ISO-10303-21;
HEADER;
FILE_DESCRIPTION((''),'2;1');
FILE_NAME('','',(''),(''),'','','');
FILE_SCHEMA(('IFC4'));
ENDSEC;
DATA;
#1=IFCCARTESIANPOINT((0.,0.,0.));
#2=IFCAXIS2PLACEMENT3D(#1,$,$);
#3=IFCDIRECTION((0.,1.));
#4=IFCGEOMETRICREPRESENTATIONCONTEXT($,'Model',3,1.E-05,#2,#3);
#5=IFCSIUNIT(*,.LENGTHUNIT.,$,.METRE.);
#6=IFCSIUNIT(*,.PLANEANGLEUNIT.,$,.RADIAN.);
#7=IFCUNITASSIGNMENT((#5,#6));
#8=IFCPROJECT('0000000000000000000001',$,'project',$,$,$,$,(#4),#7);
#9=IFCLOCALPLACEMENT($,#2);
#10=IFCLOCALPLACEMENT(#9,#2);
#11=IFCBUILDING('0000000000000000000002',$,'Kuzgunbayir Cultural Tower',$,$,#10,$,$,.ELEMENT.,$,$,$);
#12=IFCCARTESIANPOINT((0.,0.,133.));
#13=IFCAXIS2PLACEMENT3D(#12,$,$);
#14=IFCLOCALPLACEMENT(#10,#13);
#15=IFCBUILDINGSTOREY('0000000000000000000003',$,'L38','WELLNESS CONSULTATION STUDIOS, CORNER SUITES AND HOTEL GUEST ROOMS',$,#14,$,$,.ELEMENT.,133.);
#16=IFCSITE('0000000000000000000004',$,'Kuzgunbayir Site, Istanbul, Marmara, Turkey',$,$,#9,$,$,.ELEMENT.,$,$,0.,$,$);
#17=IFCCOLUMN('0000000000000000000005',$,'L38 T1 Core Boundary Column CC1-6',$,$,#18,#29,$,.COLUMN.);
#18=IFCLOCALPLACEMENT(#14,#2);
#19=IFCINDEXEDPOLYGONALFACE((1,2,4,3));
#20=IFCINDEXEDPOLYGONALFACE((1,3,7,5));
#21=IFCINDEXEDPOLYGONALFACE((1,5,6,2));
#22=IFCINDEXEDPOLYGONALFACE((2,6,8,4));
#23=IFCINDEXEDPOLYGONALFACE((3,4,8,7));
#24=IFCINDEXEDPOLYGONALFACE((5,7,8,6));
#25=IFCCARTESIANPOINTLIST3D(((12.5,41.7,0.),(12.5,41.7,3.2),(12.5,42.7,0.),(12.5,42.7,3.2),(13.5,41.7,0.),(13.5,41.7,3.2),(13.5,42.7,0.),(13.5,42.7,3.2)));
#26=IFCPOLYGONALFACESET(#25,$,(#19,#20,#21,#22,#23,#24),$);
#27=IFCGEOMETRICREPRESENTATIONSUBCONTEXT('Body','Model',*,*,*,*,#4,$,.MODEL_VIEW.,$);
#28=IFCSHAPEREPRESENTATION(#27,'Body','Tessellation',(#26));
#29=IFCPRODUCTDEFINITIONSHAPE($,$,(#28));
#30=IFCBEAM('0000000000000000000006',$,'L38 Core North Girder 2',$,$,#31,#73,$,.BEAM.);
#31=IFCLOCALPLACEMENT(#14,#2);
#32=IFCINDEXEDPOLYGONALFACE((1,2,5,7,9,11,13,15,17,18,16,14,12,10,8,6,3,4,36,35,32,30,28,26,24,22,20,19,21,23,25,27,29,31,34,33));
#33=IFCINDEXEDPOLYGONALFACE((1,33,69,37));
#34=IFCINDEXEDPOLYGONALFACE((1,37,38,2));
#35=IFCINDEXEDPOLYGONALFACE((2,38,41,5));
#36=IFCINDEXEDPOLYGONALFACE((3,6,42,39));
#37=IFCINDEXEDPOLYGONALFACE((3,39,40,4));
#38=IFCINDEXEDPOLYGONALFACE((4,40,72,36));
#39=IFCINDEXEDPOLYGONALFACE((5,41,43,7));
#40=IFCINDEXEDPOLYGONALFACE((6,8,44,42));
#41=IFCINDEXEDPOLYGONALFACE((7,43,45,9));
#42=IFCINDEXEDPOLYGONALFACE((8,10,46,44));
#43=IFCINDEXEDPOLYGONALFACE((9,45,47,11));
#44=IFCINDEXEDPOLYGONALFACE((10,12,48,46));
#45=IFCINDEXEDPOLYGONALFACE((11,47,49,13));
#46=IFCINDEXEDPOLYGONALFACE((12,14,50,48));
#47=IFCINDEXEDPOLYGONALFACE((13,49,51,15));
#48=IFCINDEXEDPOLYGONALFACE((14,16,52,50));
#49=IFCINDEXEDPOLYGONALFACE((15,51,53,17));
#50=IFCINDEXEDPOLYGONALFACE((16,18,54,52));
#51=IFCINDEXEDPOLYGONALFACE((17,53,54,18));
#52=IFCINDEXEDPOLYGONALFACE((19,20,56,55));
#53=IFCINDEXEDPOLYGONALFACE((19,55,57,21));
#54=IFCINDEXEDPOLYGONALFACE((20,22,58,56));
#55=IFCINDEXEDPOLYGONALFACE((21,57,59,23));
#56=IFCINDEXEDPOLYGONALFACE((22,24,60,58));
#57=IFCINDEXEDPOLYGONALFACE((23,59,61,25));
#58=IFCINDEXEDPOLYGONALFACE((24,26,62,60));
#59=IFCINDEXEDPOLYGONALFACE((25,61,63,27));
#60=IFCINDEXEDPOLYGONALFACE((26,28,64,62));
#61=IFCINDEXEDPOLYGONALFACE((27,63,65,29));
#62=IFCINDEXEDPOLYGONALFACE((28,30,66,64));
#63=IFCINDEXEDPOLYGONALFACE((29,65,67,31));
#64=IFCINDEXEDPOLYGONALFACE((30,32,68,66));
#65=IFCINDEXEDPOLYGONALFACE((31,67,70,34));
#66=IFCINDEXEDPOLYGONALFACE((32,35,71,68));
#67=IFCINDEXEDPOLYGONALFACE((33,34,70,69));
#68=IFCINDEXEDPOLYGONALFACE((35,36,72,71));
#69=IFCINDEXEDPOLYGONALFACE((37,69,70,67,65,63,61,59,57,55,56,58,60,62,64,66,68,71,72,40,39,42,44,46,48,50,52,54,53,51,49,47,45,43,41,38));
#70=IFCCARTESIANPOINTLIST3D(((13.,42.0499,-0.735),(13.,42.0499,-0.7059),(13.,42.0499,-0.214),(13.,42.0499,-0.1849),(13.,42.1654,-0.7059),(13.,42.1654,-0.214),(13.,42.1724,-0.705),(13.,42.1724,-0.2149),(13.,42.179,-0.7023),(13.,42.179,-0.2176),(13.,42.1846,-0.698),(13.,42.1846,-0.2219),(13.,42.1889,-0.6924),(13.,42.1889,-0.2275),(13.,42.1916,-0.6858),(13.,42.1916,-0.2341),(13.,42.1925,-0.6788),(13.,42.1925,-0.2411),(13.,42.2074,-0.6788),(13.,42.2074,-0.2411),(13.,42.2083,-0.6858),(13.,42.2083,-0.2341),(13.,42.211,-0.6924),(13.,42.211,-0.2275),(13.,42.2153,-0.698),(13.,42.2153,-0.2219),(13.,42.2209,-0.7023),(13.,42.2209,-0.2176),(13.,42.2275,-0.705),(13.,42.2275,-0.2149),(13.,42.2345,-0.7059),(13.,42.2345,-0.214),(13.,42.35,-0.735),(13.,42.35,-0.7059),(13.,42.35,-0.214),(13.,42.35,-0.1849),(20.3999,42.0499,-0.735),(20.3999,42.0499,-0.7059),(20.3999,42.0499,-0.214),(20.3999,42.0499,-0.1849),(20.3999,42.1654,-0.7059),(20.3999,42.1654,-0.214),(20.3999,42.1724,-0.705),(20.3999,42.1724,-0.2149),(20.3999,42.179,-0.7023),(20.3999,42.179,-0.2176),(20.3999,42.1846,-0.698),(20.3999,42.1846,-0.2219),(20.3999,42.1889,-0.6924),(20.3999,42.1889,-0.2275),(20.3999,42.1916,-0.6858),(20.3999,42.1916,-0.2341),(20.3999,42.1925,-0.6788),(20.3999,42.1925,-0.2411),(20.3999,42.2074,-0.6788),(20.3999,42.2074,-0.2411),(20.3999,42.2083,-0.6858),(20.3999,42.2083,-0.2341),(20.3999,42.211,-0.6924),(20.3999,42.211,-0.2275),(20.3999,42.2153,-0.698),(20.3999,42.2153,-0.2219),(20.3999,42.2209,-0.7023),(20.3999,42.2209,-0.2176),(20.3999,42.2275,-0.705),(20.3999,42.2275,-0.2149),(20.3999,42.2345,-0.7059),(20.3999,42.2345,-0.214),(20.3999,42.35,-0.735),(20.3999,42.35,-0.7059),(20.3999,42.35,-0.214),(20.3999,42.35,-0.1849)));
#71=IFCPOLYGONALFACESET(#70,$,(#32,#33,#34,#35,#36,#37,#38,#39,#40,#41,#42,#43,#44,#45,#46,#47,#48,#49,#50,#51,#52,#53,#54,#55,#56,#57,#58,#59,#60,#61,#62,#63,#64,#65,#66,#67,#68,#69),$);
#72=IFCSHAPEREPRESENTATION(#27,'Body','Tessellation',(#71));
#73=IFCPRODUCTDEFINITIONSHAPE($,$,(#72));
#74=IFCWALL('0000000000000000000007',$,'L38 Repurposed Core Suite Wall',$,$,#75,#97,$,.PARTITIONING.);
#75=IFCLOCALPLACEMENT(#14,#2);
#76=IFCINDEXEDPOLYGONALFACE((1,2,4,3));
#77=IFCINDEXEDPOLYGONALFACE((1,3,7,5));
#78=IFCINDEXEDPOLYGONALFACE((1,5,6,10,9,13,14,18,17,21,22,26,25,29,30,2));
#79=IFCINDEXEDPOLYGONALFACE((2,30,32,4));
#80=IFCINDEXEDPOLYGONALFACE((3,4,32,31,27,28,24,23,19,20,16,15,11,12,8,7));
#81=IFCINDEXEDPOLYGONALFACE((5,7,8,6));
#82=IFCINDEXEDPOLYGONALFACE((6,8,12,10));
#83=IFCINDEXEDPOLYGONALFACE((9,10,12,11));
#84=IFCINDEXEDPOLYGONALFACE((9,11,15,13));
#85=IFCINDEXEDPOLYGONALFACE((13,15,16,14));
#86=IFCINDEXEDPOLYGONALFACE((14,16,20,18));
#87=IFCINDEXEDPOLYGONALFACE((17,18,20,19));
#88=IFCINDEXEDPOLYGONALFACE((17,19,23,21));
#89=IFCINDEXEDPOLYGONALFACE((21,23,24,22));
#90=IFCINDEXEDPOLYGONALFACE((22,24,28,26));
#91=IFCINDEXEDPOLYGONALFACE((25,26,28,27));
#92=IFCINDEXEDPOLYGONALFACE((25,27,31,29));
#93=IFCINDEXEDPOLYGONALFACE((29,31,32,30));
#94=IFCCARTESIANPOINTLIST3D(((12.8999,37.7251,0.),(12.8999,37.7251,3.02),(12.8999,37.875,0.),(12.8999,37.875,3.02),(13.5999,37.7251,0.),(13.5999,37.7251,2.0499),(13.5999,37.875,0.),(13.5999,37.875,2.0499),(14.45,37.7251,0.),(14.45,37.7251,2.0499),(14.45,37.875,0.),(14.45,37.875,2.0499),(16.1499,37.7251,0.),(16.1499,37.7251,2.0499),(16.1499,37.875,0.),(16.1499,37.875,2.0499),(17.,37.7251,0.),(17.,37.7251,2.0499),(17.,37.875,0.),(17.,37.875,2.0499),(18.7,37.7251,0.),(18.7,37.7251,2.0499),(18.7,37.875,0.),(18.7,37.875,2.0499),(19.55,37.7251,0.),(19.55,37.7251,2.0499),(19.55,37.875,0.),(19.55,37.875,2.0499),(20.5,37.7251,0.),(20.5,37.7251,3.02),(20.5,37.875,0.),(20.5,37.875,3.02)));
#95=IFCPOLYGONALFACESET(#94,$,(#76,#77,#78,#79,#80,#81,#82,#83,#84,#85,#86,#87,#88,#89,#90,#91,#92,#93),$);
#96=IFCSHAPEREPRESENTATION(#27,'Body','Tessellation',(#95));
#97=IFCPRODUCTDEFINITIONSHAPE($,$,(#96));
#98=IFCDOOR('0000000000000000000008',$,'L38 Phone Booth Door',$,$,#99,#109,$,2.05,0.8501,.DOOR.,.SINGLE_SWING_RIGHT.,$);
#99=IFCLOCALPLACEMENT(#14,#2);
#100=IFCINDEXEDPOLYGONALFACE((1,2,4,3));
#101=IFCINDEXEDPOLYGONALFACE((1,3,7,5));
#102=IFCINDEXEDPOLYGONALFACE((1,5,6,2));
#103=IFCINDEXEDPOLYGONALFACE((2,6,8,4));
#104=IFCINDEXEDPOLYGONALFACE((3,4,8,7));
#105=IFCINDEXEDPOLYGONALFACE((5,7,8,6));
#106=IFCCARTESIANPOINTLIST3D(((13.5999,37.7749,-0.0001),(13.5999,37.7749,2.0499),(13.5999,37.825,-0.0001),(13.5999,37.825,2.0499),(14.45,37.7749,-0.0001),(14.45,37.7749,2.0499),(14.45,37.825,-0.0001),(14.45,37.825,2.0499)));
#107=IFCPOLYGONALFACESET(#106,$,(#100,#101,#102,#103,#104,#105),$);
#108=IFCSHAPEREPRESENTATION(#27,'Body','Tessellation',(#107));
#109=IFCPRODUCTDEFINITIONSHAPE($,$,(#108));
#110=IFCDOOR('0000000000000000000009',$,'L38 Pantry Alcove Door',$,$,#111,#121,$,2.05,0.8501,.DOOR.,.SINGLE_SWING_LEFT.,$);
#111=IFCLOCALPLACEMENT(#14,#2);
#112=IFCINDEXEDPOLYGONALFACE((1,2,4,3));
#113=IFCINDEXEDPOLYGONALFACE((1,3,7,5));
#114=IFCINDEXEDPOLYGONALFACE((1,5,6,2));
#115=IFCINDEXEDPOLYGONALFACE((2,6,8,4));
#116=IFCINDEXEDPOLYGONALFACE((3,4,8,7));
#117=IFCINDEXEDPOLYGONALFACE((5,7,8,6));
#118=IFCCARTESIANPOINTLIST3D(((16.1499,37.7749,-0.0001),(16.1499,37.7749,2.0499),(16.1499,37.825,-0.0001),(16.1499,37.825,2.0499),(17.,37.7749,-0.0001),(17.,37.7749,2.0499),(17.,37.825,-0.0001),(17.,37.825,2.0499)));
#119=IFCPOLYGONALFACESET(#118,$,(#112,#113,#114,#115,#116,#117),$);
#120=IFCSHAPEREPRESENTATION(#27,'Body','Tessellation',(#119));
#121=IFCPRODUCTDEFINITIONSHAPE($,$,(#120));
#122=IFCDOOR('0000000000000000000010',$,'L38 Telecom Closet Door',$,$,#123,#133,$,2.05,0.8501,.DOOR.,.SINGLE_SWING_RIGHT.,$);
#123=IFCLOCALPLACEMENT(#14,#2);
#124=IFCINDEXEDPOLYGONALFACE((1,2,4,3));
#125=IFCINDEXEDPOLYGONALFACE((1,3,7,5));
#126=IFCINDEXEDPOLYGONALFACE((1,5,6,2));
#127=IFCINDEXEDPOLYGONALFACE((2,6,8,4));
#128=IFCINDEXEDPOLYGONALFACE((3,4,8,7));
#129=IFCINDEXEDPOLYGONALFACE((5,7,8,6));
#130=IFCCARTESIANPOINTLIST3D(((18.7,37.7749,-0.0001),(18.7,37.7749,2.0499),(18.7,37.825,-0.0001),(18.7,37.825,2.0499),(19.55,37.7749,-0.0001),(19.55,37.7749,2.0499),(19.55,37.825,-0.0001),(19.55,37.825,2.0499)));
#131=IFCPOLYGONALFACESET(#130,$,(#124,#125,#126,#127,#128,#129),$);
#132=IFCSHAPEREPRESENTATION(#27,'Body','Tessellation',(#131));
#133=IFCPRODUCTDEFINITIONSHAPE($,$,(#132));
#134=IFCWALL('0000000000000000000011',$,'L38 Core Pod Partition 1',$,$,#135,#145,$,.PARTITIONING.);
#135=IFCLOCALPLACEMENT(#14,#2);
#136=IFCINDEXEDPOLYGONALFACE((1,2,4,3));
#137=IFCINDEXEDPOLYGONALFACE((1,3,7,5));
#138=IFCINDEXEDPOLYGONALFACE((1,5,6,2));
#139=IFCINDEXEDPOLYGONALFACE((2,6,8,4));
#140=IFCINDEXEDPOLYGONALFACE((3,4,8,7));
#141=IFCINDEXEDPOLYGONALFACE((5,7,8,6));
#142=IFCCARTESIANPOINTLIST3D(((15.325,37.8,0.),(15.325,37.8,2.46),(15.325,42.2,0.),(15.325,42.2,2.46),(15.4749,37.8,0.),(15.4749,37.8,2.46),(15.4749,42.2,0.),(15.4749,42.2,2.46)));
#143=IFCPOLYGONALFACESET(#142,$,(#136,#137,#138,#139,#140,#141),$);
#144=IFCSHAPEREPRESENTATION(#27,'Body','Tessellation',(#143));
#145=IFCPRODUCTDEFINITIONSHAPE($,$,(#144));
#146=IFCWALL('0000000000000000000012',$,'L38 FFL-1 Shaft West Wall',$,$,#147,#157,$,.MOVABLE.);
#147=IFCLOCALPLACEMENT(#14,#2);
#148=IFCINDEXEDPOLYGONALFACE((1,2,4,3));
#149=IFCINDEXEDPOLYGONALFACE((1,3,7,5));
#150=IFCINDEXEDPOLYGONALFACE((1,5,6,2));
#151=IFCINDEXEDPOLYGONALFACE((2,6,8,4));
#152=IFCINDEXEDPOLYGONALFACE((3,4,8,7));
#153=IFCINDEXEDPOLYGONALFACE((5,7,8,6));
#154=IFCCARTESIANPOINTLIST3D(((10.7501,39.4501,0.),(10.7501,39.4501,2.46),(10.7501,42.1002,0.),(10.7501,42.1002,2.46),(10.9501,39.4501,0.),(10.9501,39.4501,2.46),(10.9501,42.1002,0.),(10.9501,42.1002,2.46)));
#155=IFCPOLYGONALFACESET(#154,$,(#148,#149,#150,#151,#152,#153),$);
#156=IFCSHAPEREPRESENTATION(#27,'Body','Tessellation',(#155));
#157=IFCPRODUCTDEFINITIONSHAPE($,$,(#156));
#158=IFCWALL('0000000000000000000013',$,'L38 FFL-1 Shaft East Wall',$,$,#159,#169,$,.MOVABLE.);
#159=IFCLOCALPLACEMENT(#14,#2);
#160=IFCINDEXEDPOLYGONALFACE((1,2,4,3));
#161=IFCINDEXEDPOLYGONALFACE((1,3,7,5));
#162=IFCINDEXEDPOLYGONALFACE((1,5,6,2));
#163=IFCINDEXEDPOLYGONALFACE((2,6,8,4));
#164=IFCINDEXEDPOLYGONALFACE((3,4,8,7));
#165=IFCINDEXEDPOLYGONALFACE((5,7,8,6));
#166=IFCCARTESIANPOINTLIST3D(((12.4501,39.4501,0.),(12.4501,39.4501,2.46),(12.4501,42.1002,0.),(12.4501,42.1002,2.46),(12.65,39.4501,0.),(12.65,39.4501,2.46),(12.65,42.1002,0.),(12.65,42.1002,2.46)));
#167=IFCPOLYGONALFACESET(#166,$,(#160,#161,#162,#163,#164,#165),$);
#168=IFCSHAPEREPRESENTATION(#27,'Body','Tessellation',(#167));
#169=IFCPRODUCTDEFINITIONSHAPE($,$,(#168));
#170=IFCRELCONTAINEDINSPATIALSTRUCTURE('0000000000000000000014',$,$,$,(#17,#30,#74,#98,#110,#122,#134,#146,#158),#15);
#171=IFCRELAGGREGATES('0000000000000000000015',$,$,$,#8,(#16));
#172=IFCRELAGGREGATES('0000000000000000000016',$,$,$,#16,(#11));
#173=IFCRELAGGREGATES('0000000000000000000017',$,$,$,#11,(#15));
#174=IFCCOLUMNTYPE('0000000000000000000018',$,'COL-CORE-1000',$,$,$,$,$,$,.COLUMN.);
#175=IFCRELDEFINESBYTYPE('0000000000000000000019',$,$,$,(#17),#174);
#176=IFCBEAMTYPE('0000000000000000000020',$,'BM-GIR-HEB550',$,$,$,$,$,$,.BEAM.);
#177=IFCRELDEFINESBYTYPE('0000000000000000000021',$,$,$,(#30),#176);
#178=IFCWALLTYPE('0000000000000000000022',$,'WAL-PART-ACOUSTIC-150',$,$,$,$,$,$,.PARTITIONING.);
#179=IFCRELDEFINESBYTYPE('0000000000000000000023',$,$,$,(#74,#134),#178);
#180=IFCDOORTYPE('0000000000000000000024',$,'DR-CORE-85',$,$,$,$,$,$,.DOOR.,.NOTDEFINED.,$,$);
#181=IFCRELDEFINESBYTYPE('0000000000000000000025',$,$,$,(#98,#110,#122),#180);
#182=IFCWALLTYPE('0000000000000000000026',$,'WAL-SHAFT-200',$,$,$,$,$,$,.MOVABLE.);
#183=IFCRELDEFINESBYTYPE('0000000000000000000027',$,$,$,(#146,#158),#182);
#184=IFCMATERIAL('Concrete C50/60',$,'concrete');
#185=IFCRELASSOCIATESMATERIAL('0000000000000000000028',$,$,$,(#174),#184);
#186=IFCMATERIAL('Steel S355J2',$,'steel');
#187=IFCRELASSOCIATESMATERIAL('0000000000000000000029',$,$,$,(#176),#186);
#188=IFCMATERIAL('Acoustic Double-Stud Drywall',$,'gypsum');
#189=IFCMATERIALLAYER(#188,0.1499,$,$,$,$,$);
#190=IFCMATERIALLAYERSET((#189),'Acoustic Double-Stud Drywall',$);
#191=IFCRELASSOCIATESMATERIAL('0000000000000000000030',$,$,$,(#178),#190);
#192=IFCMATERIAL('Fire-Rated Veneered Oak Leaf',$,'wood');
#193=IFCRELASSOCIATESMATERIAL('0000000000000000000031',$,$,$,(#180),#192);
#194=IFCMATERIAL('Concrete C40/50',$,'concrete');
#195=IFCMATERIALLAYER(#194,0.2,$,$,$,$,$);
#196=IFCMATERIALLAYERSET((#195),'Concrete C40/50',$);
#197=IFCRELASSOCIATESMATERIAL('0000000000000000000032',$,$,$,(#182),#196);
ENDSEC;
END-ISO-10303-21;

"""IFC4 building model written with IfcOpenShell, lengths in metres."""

from ifc_helpers import new_model, si_unit, direction, frame, frame_2d, origin, origin_2d, place, context, subcontext, project, spatial, rectangle, i_section, extrude, material, layer, layer_set, material_profile, profile_set, type_object, element, fill, save


model = new_model("IFC4")

# Units and contexts
model_context = context("Model", 3, precision=1e-05, world=origin(), true_north=direction((0.0, 1.0)))
body_context = subcontext(model_context, "Body", "Model", "MODEL_VIEW")
ifc_project = project(units=[si_unit("LENGTHUNIT", "METRE"), si_unit("PLANEANGLEUNIT", "RADIAN")], contexts=[model_context])

# Site, building, storey
site_placement = place(None, origin())
site = spatial("IfcSite", under=ifc_project, at=site_placement, Name="Kuzgunbayir Site, Istanbul, Marmara, Turkey", CompositionType="ELEMENT", RefElevation=0.0)
building_placement = place(site_placement, origin())
building = spatial("IfcBuilding", under=site, at=building_placement, Name="Kuzgunbayir Cultural Tower", CompositionType="ELEMENT")
storey_placement = place(building_placement, frame((0.0, 0.0, 133.0)))
storey = spatial("IfcBuildingStorey", under=building, at=storey_placement, Name="L38", Description="WELLNESS CONSULTATION STUDIOS, CORNER SUITES AND HOTEL GUEST ROOMS", CompositionType="ELEMENT", Elevation=133.0)

# Column
ifc_material_1 = material(Name="Concrete C50/60", Category="concrete")
ifc_material_profile_1 = material_profile(ifc_material_1, rectangle(XDim=1.0, YDim=1.0, at=origin_2d()), Name="RC 1000x1000")
ifc_profile_set_1 = profile_set([ifc_material_profile_1], Name="Concrete C50/60")
column_type = type_object("IfcColumnType", Name="COL-CORE-1000", PredefinedType="COLUMN", material=ifc_profile_set_1)
column_placement = place(storey_placement, frame((13.0, 42.2, 0.0), z_axis=(0.0, 0.0, 1.0), x_axis=(1.0, 0.0, 0.0)))
element("IfcColumn", 1, at=column_placement, inside=storey, type_object=column_type, Name="L38 T1 Core Boundary Column CC1-6", PredefinedType="COLUMN", context=body_context, shape_type="SweptSolid", body=[
    extrude(rectangle(XDim=1.0, YDim=1.0, at=origin_2d()), origin(), (0.0, 0.0, 1.0), 3.2),
])

# Beam
ifc_material_2 = material(Name="Steel S355J2", Category="steel")
ifc_material_profile_2 = material_profile(ifc_material_2, i_section(OverallWidth=0.3, OverallDepth=0.55, WebThickness=0.0149, FlangeThickness=0.0291, FilletRadius=0.0271, at=origin_2d()), Name="HEB 550")
ifc_profile_set_2 = profile_set([ifc_material_profile_2], Name="Steel S355J2")
beam_type = type_object("IfcBeamType", Name="BM-GIR-HEB550", PredefinedType="BEAM", material=ifc_profile_set_2)
beam_placement = place(storey_placement, frame((13.0, 42.2, -0.46), z_axis=(1.0, 0.0, 0.0), x_axis=(0.0, 1.0, 0.0)))
element("IfcBeam", 2, at=beam_placement, inside=storey, type_object=beam_type, Name="L38 Core North Girder 2", PredefinedType="BEAM", context=body_context, shape_type="SweptSolid", body=[
    extrude(i_section(OverallWidth=0.3, OverallDepth=0.55, WebThickness=0.0149, FlangeThickness=0.0291, FilletRadius=0.0271, at=origin_2d()), origin(), (0.0, 0.0, 1.0), 7.3999),
])

# Wall, openings, doors
ifc_material_3 = material(Name="Acoustic Double-Stud Drywall", Category="gypsum")
ifc_layer_1 = layer(ifc_material_3, 0.1499)
ifc_layer_set_1 = layer_set([ifc_layer_1], Name="Acoustic Double-Stud Drywall")
wall_type_1 = type_object("IfcWallType", Name="WAL-PART-ACOUSTIC-150", PredefinedType="PARTITIONING", material=ifc_layer_set_1)
wall_1_placement = place(storey_placement, frame((12.8999, 37.8, 0.0), z_axis=(0.0, 0.0, 1.0), x_axis=(1.0, 0.0, 0.0)))
wall_1 = element("IfcWall", 3, at=wall_1_placement, inside=storey, type_object=wall_type_1, Name="L38 Repurposed Core Suite Wall", PredefinedType="PARTITIONING", context=body_context, shape_type="SweptSolid", body=[
    extrude(rectangle(XDim=7.6001, YDim=0.1499, at=frame_2d((3.8, 0.0))), origin(), (0.0, 0.0, 1.0), 3.02),
])
opening_1_placement = place(wall_1_placement, frame((0.7, 0.0, 0.0)))
opening_1 = element("IfcOpeningElement", 4, at=opening_1_placement, cuts=wall_1, PredefinedType="OPENING", context=body_context, shape_type="SweptSolid", body=[
    extrude(rectangle(XDim=0.8501, YDim=2.05, at=frame_2d((0.425, 1.0249))), frame((0.0, 0.085, 0.0), z_axis=(0.0, -1.0, 0.0), x_axis=(1.0, 0.0, 0.0)), (0.0, 0.0, 1.0), 0.1699),
])
opening_2_placement = place(wall_1_placement, frame((3.25, 0.0, 0.0)))
opening_2 = element("IfcOpeningElement", 5, at=opening_2_placement, cuts=wall_1, PredefinedType="OPENING", context=body_context, shape_type="SweptSolid", body=[
    extrude(rectangle(XDim=0.8501, YDim=2.05, at=frame_2d((0.425, 1.0249))), frame((0.0, 0.085, 0.0), z_axis=(0.0, -1.0, 0.0), x_axis=(1.0, 0.0, 0.0)), (0.0, 0.0, 1.0), 0.1699),
])
opening_3_placement = place(wall_1_placement, frame((5.8, 0.0, 0.0)))
opening_3 = element("IfcOpeningElement", 6, at=opening_3_placement, cuts=wall_1, PredefinedType="OPENING", context=body_context, shape_type="SweptSolid", body=[
    extrude(rectangle(XDim=0.8501, YDim=2.05, at=frame_2d((0.425, 1.0249))), frame((0.0, 0.085, 0.0), z_axis=(0.0, -1.0, 0.0), x_axis=(1.0, 0.0, 0.0)), (0.0, 0.0, 1.0), 0.1699),
])
ifc_material_4 = material(Name="Fire-Rated Veneered Oak Leaf", Category="wood")
door_type_1 = type_object("IfcDoorType", Name="DR-CORE-85", OperationType="NOTDEFINED", PredefinedType="DOOR", material=ifc_material_4)
door_1_placement = place(opening_1_placement, origin())
door_1 = element("IfcDoor", 7, at=door_1_placement, inside=storey, type_object=door_type_1, Name="L38 Phone Booth Door", OperationType="SINGLE_SWING_RIGHT", OverallHeight=2.05, OverallWidth=0.8501, PredefinedType="DOOR", context=body_context, shape_type="SweptSolid", body=[
    extrude(rectangle(XDim=0.8501, YDim=2.05, at=frame_2d((0.425, 1.0249))), frame((0.0, 0.0249, 0.0), z_axis=(0.0, -1.0, 0.0), x_axis=(1.0, 0.0, 0.0)), (0.0, 0.0, 1.0), 0.05),
])
fill(opening_1, door_1)
door_2_placement = place(opening_2_placement, origin())
door_2 = element("IfcDoor", 8, at=door_2_placement, inside=storey, type_object=door_type_1, Name="L38 Pantry Alcove Door", OperationType="SINGLE_SWING_LEFT", OverallHeight=2.05, OverallWidth=0.8501, PredefinedType="DOOR", context=body_context, shape_type="SweptSolid", body=[
    extrude(rectangle(XDim=0.8501, YDim=2.05, at=frame_2d((0.425, 1.0249))), frame((0.0, 0.0249, 0.0), z_axis=(0.0, -1.0, 0.0), x_axis=(1.0, 0.0, 0.0)), (0.0, 0.0, 1.0), 0.05),
])
fill(opening_2, door_2)
door_3_placement = place(opening_3_placement, origin())
door_3 = element("IfcDoor", 9, at=door_3_placement, inside=storey, type_object=door_type_1, Name="L38 Telecom Closet Door", OperationType="SINGLE_SWING_RIGHT", OverallHeight=2.05, OverallWidth=0.8501, PredefinedType="DOOR", context=body_context, shape_type="SweptSolid", body=[
    extrude(rectangle(XDim=0.8501, YDim=2.05, at=frame_2d((0.425, 1.0249))), frame((0.0, 0.0249, 0.0), z_axis=(0.0, -1.0, 0.0), x_axis=(1.0, 0.0, 0.0)), (0.0, 0.0, 1.0), 0.05),
])
fill(opening_3, door_3)

# Wall
wall_2_placement = place(storey_placement, frame((15.3999, 37.8, 0.0), z_axis=(0.0, 0.0, 1.0), x_axis=(0.0, 1.0, 0.0)))
element("IfcWall", 10, at=wall_2_placement, inside=storey, type_object=wall_type_1, Name="L38 Core Pod Partition 1", PredefinedType="PARTITIONING", context=body_context, shape_type="SweptSolid", body=[
    extrude(rectangle(XDim=4.3999, YDim=0.1499, at=frame_2d((2.2, 0.0))), origin(), (0.0, 0.0, 1.0), 2.46),
])

# Shared definitions
ifc_material_5 = material(Name="Concrete C40/50", Category="concrete")
ifc_layer_2 = layer(ifc_material_5, 0.2)
ifc_layer_set_2 = layer_set([ifc_layer_2], Name="Concrete C40/50")
wall_type_2 = type_object("IfcWallType", Name="WAL-SHAFT-200", PredefinedType="MOVABLE", material=ifc_layer_set_2)

# Walls
for number, where, z_axis, x_axis, name in (
    (11, (10.8501, 39.45, 0.0), (0.0, 0.0, 1.0), (0.0, 1.0, 0.0), "L38 FFL-1 Shaft West Wall"),
    (12, (12.55, 39.45, 0.0), (0.0, 0.0, 1.0), (0.0, 1.0, 0.0), "L38 FFL-1 Shaft East Wall"),
):
    element("IfcWall", number, at=place(storey_placement, frame(where, z_axis=z_axis, x_axis=x_axis)), inside=storey, type_object=wall_type_2, Name=name, PredefinedType="MOVABLE", context=body_context, shape_type="SweptSolid", body=[
        extrude(rectangle(XDim=2.6501, YDim=0.2, at=frame_2d((1.3252, 0.0))), origin(), (0.0, 0.0, 1.0), 2.46),
    ])

save(model, "model.ifc")
